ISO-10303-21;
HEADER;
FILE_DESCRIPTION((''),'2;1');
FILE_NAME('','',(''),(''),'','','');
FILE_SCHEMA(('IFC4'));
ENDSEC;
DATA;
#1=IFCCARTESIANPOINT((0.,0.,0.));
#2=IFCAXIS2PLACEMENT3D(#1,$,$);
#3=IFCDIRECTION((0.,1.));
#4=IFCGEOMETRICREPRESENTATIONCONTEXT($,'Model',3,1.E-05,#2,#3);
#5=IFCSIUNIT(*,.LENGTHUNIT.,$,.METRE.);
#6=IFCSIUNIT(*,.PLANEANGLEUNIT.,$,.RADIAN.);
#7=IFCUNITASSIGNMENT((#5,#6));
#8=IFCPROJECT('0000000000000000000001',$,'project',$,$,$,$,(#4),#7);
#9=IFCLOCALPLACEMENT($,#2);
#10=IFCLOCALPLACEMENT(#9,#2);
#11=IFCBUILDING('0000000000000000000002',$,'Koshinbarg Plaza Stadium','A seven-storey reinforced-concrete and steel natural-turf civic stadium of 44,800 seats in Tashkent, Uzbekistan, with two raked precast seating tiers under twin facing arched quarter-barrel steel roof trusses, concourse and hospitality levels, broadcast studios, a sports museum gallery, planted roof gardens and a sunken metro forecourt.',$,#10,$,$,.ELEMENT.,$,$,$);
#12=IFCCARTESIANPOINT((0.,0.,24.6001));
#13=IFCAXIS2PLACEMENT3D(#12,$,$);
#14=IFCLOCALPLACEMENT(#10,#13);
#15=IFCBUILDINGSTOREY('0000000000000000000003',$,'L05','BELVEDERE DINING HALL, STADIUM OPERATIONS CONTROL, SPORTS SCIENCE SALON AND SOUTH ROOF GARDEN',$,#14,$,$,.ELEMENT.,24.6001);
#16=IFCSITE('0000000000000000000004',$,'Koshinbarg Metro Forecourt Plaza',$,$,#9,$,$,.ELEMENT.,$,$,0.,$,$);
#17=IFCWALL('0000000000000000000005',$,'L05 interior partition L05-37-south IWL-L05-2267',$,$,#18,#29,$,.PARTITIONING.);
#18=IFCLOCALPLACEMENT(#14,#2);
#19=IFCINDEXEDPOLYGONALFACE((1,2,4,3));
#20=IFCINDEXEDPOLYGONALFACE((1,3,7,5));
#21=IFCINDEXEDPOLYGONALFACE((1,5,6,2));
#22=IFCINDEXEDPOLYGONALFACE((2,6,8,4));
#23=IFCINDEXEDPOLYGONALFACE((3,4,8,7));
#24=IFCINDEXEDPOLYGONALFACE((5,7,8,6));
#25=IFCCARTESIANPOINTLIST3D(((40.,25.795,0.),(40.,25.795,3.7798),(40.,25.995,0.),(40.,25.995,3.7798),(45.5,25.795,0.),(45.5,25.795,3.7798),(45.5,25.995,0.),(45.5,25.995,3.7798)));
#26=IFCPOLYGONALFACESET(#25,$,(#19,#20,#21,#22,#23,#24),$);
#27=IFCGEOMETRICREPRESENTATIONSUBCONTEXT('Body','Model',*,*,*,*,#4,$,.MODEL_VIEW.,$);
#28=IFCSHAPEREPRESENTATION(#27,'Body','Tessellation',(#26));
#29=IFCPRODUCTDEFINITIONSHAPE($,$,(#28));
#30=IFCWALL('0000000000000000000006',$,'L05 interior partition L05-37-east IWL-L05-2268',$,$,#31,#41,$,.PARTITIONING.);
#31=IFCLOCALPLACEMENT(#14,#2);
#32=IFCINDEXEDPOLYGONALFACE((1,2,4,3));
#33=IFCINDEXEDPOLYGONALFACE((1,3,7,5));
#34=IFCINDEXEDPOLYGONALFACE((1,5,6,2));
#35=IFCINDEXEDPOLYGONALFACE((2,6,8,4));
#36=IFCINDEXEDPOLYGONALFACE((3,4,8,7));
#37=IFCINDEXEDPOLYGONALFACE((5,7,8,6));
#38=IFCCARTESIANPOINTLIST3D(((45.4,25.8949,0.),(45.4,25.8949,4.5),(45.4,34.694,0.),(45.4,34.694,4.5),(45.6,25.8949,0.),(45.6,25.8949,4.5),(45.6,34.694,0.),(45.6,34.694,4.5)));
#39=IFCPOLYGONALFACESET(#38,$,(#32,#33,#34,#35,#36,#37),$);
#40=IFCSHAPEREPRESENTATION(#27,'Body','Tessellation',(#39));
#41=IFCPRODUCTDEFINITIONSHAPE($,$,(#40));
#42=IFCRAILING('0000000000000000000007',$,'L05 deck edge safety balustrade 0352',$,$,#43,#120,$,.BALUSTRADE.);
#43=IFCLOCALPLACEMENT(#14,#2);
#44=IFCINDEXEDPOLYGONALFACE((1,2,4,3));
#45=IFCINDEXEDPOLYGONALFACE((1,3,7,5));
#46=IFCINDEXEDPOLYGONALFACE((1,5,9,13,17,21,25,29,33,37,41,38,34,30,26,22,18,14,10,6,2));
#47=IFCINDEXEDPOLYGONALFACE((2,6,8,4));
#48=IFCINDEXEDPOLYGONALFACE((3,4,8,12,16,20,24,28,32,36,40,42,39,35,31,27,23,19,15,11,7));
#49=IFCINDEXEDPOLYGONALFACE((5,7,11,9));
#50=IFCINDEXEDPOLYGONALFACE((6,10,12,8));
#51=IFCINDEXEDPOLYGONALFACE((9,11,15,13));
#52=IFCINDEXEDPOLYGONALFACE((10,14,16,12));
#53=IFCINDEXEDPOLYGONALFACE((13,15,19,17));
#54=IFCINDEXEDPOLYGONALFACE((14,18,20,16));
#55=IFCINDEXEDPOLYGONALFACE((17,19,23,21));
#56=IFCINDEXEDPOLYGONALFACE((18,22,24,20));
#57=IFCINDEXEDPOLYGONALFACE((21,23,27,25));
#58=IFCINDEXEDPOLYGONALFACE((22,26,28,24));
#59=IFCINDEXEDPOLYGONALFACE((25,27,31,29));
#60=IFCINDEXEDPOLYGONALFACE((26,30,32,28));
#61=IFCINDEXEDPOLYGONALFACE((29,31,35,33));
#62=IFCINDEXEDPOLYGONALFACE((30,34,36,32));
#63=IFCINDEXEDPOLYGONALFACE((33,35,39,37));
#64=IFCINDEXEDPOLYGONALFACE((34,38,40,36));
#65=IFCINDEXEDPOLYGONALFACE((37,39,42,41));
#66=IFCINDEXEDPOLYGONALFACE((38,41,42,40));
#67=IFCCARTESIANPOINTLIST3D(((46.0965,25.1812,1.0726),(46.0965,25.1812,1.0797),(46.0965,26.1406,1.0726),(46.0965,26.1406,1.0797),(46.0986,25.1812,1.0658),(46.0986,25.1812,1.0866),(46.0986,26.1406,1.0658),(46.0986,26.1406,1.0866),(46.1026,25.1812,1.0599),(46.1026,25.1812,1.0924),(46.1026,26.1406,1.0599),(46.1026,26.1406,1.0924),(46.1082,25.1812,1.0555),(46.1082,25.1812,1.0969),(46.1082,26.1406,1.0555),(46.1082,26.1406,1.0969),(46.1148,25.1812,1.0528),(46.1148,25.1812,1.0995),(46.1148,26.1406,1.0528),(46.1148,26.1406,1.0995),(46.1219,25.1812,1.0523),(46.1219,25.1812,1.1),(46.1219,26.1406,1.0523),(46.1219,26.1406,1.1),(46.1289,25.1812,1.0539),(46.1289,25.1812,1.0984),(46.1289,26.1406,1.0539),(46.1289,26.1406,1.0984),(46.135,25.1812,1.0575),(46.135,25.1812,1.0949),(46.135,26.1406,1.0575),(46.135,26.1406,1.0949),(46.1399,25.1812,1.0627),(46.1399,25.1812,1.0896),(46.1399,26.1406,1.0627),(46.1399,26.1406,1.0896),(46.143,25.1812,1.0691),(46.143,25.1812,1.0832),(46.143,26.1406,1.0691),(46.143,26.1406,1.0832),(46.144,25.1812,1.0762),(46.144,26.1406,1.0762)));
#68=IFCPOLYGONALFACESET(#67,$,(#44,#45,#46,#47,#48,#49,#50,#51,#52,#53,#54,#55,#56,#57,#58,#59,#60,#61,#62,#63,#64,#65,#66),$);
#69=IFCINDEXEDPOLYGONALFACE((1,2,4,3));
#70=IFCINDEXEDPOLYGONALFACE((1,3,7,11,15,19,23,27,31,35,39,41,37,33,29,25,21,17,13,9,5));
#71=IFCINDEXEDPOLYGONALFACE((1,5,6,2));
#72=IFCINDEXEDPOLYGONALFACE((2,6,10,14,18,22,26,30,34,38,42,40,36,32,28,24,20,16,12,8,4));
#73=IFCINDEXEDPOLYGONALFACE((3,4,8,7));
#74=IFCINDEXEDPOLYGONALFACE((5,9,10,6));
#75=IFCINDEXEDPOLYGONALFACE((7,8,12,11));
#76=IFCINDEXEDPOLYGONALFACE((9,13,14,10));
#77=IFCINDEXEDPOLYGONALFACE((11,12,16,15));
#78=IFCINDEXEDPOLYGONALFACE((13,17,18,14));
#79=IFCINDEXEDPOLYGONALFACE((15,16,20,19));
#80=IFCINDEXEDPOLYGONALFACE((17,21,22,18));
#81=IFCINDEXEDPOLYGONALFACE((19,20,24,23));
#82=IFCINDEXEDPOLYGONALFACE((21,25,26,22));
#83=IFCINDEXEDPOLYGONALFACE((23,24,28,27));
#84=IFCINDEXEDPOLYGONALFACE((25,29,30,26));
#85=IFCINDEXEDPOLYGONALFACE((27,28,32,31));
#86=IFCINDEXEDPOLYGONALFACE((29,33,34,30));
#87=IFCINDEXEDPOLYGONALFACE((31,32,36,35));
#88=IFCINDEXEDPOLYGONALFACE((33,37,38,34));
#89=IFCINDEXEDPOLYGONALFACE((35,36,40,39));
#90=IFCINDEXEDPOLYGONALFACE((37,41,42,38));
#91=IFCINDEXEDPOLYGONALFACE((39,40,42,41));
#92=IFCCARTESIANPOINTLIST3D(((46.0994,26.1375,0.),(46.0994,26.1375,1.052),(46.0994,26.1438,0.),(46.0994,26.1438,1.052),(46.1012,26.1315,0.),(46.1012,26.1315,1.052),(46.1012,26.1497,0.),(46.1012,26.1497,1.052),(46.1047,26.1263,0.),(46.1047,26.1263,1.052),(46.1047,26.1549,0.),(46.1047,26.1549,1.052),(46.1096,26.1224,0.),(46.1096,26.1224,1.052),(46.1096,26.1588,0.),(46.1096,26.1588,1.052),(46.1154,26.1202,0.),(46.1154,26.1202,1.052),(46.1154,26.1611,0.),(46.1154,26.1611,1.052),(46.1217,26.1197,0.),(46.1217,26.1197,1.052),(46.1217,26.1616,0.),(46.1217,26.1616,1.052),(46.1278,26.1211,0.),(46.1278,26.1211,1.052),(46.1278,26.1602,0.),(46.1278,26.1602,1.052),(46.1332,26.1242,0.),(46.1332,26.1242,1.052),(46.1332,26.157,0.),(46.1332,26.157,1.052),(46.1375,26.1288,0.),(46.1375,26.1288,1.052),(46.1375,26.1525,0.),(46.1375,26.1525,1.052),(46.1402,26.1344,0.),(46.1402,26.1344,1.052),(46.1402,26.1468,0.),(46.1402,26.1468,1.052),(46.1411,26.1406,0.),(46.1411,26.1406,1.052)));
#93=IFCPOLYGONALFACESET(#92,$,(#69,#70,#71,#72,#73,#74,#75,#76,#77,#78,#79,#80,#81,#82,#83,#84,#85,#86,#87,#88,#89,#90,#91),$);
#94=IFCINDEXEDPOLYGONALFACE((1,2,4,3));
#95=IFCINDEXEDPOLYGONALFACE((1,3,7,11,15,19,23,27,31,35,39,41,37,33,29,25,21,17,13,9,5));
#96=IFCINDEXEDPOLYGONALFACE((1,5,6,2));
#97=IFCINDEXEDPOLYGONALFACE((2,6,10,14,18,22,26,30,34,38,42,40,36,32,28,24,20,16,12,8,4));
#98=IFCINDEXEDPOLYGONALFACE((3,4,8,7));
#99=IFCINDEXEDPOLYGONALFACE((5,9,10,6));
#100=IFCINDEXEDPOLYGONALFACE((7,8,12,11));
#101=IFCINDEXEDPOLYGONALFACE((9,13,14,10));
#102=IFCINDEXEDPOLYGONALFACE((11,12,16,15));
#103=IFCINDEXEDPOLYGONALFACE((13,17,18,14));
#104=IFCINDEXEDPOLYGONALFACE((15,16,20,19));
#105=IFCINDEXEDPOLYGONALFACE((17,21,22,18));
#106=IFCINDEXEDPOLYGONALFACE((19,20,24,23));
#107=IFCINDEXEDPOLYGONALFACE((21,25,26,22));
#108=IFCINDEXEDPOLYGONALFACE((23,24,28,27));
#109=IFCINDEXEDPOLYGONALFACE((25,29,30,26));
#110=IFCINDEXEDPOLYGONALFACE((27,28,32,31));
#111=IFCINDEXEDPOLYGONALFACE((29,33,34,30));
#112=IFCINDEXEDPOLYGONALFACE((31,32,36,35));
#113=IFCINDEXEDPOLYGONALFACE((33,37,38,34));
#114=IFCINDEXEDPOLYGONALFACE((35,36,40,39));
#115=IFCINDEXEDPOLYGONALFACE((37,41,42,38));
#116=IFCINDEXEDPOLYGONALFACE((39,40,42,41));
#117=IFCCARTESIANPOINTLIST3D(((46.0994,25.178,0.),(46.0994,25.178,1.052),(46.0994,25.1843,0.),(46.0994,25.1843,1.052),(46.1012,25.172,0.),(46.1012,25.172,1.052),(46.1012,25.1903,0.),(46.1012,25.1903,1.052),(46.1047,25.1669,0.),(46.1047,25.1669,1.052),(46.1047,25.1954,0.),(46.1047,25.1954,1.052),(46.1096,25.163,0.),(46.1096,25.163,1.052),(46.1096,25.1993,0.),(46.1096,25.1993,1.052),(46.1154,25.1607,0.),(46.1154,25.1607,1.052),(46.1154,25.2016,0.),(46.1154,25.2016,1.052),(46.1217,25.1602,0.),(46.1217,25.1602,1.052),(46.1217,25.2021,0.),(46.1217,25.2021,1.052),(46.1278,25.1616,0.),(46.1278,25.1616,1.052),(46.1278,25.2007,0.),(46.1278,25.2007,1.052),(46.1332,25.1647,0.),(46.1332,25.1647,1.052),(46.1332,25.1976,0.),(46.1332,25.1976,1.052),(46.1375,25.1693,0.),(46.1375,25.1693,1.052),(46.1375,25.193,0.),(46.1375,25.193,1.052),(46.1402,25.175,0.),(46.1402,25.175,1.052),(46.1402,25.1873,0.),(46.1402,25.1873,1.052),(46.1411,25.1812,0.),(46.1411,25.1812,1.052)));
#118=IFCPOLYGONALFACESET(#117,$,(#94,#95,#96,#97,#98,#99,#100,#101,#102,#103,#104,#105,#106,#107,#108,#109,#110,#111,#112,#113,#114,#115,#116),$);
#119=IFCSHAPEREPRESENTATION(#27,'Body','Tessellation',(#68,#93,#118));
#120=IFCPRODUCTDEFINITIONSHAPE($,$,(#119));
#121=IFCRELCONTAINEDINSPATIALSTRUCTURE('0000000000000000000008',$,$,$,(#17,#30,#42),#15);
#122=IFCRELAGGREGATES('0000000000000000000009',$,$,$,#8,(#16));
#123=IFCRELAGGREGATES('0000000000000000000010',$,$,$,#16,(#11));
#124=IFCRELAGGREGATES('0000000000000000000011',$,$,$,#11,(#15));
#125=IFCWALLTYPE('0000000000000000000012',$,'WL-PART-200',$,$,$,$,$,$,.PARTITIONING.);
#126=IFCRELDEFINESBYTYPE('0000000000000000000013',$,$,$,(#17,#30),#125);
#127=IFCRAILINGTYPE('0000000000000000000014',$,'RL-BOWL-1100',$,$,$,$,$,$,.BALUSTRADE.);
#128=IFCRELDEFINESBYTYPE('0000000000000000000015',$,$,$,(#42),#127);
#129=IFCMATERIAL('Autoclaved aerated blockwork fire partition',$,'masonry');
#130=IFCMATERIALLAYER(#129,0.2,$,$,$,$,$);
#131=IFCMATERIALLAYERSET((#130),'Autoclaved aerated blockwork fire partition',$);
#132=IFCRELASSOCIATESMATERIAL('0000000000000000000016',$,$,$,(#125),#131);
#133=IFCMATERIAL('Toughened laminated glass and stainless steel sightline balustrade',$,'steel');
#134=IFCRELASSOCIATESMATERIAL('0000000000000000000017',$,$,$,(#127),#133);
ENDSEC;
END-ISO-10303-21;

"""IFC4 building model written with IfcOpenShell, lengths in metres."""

from ifc_helpers import new_model, si_unit, direction, frame, frame_2d, origin, origin_2d, place, context, subcontext, project, spatial, rectangle, circle, extrude, material, layer, layer_set, type_object, element, save


model = new_model("IFC4")

# Units and contexts
model_context = context("Model", 3, precision=1e-05, world=origin(), true_north=direction((0.0, 1.0)))
body_context = subcontext(model_context, "Body", "Model", "MODEL_VIEW")
ifc_project = project(units=[si_unit("LENGTHUNIT", "METRE"), si_unit("PLANEANGLEUNIT", "RADIAN")], contexts=[model_context])

# Site, building, storey
site_placement = place(None, origin())
site = spatial("IfcSite", under=ifc_project, at=site_placement, Name="Koshinbarg Metro Forecourt Plaza", CompositionType="ELEMENT", RefElevation=0.0)
building_placement = place(site_placement, origin())
building = spatial("IfcBuilding", under=site, at=building_placement, Name="Koshinbarg Plaza Stadium", Description="A seven-storey reinforced-concrete and steel natural-turf civic stadium of 44,800 seats in Tashkent, Uzbekistan, with two raked precast seating tiers under twin facing arched quarter-barrel steel roof trusses, concourse and hospitality levels, broadcast studios, a sports museum gallery, planted roof gardens and a sunken metro forecourt.", CompositionType="ELEMENT")
storey_placement = place(building_placement, frame((0.0, 0.0, 24.6001)))
storey = spatial("IfcBuildingStorey", under=building, at=storey_placement, Name="L05", Description="BELVEDERE DINING HALL, STADIUM OPERATIONS CONTROL, SPORTS SCIENCE SALON AND SOUTH ROOF GARDEN", CompositionType="ELEMENT", Elevation=24.6001)

# Walls
ifc_material_1 = material(Name="Autoclaved aerated blockwork fire partition", Category="masonry")
ifc_layer_1 = layer(ifc_material_1, 0.2)
ifc_layer_set_1 = layer_set([ifc_layer_1], Name="Autoclaved aerated blockwork fire partition")
wall_type_1 = type_object("IfcWallType", Name="WL-PART-200", PredefinedType="PARTITIONING", material=ifc_layer_set_1)
wall_1_placement = place(storey_placement, frame((40.0, 25.895, 0.0), z_axis=(0.0, 0.0, 1.0), x_axis=(1.0, 0.0, 0.0)))
element("IfcWall", 1, at=wall_1_placement, inside=storey, type_object=wall_type_1, Name="L05 interior partition L05-37-south IWL-L05-2267", PredefinedType="PARTITIONING", context=body_context, shape_type="SweptSolid", body=[
    extrude(rectangle(XDim=5.5, YDim=0.2, at=frame_2d((2.75, 0.0))), origin(), (0.0, 0.0, 1.0), 3.7798),
])
wall_2_placement = place(storey_placement, frame((45.5, 25.895, 0.0), z_axis=(0.0, 0.0, 1.0), x_axis=(0.0, 1.0, 0.0)))
element("IfcWall", 2, at=wall_2_placement, inside=storey, type_object=wall_type_1, Name="L05 interior partition L05-37-east IWL-L05-2268", PredefinedType="PARTITIONING", context=body_context, shape_type="SweptSolid", body=[
    extrude(rectangle(XDim=8.7991, YDim=0.2, at=frame_2d((4.3994, 0.0))), origin(), (0.0, 0.0, 1.0), 4.5),
])

# Railing
ifc_material_2 = material(Name="Toughened laminated glass and stainless steel sightline balustrade", Category="steel")
railing_type_1 = type_object("IfcRailingType", Name="RL-BOWL-1100", PredefinedType="BALUSTRADE", material=ifc_material_2)
railing_1_placement = place(storey_placement, frame((46.1201, 26.1406, 0.0)))
element("IfcRailing", 3, at=railing_1_placement, inside=storey, type_object=railing_type_1, Name="L05 deck edge safety balustrade 0352", PredefinedType="BALUSTRADE", context=body_context, shape_type="SweptSolid", body=[
    extrude(circle(Radius=0.0239, at=origin_2d()), frame((0.0, 0.0, 1.0762), z_axis=(0.0, -1.0, 0.0), x_axis=(1.0, 0.0, 0.0)), (0.0, 0.0, 1.0), 0.9595),
    extrude(circle(Radius=0.021, at=origin_2d()), origin(), (0.0, 0.0, 1.0), 1.052),
    extrude(circle(Radius=0.021, at=origin_2d()), frame((0.0, -0.9595, 0.0)), (0.0, 0.0, 1.0), 1.052),
])

save(model, "model.ifc")
